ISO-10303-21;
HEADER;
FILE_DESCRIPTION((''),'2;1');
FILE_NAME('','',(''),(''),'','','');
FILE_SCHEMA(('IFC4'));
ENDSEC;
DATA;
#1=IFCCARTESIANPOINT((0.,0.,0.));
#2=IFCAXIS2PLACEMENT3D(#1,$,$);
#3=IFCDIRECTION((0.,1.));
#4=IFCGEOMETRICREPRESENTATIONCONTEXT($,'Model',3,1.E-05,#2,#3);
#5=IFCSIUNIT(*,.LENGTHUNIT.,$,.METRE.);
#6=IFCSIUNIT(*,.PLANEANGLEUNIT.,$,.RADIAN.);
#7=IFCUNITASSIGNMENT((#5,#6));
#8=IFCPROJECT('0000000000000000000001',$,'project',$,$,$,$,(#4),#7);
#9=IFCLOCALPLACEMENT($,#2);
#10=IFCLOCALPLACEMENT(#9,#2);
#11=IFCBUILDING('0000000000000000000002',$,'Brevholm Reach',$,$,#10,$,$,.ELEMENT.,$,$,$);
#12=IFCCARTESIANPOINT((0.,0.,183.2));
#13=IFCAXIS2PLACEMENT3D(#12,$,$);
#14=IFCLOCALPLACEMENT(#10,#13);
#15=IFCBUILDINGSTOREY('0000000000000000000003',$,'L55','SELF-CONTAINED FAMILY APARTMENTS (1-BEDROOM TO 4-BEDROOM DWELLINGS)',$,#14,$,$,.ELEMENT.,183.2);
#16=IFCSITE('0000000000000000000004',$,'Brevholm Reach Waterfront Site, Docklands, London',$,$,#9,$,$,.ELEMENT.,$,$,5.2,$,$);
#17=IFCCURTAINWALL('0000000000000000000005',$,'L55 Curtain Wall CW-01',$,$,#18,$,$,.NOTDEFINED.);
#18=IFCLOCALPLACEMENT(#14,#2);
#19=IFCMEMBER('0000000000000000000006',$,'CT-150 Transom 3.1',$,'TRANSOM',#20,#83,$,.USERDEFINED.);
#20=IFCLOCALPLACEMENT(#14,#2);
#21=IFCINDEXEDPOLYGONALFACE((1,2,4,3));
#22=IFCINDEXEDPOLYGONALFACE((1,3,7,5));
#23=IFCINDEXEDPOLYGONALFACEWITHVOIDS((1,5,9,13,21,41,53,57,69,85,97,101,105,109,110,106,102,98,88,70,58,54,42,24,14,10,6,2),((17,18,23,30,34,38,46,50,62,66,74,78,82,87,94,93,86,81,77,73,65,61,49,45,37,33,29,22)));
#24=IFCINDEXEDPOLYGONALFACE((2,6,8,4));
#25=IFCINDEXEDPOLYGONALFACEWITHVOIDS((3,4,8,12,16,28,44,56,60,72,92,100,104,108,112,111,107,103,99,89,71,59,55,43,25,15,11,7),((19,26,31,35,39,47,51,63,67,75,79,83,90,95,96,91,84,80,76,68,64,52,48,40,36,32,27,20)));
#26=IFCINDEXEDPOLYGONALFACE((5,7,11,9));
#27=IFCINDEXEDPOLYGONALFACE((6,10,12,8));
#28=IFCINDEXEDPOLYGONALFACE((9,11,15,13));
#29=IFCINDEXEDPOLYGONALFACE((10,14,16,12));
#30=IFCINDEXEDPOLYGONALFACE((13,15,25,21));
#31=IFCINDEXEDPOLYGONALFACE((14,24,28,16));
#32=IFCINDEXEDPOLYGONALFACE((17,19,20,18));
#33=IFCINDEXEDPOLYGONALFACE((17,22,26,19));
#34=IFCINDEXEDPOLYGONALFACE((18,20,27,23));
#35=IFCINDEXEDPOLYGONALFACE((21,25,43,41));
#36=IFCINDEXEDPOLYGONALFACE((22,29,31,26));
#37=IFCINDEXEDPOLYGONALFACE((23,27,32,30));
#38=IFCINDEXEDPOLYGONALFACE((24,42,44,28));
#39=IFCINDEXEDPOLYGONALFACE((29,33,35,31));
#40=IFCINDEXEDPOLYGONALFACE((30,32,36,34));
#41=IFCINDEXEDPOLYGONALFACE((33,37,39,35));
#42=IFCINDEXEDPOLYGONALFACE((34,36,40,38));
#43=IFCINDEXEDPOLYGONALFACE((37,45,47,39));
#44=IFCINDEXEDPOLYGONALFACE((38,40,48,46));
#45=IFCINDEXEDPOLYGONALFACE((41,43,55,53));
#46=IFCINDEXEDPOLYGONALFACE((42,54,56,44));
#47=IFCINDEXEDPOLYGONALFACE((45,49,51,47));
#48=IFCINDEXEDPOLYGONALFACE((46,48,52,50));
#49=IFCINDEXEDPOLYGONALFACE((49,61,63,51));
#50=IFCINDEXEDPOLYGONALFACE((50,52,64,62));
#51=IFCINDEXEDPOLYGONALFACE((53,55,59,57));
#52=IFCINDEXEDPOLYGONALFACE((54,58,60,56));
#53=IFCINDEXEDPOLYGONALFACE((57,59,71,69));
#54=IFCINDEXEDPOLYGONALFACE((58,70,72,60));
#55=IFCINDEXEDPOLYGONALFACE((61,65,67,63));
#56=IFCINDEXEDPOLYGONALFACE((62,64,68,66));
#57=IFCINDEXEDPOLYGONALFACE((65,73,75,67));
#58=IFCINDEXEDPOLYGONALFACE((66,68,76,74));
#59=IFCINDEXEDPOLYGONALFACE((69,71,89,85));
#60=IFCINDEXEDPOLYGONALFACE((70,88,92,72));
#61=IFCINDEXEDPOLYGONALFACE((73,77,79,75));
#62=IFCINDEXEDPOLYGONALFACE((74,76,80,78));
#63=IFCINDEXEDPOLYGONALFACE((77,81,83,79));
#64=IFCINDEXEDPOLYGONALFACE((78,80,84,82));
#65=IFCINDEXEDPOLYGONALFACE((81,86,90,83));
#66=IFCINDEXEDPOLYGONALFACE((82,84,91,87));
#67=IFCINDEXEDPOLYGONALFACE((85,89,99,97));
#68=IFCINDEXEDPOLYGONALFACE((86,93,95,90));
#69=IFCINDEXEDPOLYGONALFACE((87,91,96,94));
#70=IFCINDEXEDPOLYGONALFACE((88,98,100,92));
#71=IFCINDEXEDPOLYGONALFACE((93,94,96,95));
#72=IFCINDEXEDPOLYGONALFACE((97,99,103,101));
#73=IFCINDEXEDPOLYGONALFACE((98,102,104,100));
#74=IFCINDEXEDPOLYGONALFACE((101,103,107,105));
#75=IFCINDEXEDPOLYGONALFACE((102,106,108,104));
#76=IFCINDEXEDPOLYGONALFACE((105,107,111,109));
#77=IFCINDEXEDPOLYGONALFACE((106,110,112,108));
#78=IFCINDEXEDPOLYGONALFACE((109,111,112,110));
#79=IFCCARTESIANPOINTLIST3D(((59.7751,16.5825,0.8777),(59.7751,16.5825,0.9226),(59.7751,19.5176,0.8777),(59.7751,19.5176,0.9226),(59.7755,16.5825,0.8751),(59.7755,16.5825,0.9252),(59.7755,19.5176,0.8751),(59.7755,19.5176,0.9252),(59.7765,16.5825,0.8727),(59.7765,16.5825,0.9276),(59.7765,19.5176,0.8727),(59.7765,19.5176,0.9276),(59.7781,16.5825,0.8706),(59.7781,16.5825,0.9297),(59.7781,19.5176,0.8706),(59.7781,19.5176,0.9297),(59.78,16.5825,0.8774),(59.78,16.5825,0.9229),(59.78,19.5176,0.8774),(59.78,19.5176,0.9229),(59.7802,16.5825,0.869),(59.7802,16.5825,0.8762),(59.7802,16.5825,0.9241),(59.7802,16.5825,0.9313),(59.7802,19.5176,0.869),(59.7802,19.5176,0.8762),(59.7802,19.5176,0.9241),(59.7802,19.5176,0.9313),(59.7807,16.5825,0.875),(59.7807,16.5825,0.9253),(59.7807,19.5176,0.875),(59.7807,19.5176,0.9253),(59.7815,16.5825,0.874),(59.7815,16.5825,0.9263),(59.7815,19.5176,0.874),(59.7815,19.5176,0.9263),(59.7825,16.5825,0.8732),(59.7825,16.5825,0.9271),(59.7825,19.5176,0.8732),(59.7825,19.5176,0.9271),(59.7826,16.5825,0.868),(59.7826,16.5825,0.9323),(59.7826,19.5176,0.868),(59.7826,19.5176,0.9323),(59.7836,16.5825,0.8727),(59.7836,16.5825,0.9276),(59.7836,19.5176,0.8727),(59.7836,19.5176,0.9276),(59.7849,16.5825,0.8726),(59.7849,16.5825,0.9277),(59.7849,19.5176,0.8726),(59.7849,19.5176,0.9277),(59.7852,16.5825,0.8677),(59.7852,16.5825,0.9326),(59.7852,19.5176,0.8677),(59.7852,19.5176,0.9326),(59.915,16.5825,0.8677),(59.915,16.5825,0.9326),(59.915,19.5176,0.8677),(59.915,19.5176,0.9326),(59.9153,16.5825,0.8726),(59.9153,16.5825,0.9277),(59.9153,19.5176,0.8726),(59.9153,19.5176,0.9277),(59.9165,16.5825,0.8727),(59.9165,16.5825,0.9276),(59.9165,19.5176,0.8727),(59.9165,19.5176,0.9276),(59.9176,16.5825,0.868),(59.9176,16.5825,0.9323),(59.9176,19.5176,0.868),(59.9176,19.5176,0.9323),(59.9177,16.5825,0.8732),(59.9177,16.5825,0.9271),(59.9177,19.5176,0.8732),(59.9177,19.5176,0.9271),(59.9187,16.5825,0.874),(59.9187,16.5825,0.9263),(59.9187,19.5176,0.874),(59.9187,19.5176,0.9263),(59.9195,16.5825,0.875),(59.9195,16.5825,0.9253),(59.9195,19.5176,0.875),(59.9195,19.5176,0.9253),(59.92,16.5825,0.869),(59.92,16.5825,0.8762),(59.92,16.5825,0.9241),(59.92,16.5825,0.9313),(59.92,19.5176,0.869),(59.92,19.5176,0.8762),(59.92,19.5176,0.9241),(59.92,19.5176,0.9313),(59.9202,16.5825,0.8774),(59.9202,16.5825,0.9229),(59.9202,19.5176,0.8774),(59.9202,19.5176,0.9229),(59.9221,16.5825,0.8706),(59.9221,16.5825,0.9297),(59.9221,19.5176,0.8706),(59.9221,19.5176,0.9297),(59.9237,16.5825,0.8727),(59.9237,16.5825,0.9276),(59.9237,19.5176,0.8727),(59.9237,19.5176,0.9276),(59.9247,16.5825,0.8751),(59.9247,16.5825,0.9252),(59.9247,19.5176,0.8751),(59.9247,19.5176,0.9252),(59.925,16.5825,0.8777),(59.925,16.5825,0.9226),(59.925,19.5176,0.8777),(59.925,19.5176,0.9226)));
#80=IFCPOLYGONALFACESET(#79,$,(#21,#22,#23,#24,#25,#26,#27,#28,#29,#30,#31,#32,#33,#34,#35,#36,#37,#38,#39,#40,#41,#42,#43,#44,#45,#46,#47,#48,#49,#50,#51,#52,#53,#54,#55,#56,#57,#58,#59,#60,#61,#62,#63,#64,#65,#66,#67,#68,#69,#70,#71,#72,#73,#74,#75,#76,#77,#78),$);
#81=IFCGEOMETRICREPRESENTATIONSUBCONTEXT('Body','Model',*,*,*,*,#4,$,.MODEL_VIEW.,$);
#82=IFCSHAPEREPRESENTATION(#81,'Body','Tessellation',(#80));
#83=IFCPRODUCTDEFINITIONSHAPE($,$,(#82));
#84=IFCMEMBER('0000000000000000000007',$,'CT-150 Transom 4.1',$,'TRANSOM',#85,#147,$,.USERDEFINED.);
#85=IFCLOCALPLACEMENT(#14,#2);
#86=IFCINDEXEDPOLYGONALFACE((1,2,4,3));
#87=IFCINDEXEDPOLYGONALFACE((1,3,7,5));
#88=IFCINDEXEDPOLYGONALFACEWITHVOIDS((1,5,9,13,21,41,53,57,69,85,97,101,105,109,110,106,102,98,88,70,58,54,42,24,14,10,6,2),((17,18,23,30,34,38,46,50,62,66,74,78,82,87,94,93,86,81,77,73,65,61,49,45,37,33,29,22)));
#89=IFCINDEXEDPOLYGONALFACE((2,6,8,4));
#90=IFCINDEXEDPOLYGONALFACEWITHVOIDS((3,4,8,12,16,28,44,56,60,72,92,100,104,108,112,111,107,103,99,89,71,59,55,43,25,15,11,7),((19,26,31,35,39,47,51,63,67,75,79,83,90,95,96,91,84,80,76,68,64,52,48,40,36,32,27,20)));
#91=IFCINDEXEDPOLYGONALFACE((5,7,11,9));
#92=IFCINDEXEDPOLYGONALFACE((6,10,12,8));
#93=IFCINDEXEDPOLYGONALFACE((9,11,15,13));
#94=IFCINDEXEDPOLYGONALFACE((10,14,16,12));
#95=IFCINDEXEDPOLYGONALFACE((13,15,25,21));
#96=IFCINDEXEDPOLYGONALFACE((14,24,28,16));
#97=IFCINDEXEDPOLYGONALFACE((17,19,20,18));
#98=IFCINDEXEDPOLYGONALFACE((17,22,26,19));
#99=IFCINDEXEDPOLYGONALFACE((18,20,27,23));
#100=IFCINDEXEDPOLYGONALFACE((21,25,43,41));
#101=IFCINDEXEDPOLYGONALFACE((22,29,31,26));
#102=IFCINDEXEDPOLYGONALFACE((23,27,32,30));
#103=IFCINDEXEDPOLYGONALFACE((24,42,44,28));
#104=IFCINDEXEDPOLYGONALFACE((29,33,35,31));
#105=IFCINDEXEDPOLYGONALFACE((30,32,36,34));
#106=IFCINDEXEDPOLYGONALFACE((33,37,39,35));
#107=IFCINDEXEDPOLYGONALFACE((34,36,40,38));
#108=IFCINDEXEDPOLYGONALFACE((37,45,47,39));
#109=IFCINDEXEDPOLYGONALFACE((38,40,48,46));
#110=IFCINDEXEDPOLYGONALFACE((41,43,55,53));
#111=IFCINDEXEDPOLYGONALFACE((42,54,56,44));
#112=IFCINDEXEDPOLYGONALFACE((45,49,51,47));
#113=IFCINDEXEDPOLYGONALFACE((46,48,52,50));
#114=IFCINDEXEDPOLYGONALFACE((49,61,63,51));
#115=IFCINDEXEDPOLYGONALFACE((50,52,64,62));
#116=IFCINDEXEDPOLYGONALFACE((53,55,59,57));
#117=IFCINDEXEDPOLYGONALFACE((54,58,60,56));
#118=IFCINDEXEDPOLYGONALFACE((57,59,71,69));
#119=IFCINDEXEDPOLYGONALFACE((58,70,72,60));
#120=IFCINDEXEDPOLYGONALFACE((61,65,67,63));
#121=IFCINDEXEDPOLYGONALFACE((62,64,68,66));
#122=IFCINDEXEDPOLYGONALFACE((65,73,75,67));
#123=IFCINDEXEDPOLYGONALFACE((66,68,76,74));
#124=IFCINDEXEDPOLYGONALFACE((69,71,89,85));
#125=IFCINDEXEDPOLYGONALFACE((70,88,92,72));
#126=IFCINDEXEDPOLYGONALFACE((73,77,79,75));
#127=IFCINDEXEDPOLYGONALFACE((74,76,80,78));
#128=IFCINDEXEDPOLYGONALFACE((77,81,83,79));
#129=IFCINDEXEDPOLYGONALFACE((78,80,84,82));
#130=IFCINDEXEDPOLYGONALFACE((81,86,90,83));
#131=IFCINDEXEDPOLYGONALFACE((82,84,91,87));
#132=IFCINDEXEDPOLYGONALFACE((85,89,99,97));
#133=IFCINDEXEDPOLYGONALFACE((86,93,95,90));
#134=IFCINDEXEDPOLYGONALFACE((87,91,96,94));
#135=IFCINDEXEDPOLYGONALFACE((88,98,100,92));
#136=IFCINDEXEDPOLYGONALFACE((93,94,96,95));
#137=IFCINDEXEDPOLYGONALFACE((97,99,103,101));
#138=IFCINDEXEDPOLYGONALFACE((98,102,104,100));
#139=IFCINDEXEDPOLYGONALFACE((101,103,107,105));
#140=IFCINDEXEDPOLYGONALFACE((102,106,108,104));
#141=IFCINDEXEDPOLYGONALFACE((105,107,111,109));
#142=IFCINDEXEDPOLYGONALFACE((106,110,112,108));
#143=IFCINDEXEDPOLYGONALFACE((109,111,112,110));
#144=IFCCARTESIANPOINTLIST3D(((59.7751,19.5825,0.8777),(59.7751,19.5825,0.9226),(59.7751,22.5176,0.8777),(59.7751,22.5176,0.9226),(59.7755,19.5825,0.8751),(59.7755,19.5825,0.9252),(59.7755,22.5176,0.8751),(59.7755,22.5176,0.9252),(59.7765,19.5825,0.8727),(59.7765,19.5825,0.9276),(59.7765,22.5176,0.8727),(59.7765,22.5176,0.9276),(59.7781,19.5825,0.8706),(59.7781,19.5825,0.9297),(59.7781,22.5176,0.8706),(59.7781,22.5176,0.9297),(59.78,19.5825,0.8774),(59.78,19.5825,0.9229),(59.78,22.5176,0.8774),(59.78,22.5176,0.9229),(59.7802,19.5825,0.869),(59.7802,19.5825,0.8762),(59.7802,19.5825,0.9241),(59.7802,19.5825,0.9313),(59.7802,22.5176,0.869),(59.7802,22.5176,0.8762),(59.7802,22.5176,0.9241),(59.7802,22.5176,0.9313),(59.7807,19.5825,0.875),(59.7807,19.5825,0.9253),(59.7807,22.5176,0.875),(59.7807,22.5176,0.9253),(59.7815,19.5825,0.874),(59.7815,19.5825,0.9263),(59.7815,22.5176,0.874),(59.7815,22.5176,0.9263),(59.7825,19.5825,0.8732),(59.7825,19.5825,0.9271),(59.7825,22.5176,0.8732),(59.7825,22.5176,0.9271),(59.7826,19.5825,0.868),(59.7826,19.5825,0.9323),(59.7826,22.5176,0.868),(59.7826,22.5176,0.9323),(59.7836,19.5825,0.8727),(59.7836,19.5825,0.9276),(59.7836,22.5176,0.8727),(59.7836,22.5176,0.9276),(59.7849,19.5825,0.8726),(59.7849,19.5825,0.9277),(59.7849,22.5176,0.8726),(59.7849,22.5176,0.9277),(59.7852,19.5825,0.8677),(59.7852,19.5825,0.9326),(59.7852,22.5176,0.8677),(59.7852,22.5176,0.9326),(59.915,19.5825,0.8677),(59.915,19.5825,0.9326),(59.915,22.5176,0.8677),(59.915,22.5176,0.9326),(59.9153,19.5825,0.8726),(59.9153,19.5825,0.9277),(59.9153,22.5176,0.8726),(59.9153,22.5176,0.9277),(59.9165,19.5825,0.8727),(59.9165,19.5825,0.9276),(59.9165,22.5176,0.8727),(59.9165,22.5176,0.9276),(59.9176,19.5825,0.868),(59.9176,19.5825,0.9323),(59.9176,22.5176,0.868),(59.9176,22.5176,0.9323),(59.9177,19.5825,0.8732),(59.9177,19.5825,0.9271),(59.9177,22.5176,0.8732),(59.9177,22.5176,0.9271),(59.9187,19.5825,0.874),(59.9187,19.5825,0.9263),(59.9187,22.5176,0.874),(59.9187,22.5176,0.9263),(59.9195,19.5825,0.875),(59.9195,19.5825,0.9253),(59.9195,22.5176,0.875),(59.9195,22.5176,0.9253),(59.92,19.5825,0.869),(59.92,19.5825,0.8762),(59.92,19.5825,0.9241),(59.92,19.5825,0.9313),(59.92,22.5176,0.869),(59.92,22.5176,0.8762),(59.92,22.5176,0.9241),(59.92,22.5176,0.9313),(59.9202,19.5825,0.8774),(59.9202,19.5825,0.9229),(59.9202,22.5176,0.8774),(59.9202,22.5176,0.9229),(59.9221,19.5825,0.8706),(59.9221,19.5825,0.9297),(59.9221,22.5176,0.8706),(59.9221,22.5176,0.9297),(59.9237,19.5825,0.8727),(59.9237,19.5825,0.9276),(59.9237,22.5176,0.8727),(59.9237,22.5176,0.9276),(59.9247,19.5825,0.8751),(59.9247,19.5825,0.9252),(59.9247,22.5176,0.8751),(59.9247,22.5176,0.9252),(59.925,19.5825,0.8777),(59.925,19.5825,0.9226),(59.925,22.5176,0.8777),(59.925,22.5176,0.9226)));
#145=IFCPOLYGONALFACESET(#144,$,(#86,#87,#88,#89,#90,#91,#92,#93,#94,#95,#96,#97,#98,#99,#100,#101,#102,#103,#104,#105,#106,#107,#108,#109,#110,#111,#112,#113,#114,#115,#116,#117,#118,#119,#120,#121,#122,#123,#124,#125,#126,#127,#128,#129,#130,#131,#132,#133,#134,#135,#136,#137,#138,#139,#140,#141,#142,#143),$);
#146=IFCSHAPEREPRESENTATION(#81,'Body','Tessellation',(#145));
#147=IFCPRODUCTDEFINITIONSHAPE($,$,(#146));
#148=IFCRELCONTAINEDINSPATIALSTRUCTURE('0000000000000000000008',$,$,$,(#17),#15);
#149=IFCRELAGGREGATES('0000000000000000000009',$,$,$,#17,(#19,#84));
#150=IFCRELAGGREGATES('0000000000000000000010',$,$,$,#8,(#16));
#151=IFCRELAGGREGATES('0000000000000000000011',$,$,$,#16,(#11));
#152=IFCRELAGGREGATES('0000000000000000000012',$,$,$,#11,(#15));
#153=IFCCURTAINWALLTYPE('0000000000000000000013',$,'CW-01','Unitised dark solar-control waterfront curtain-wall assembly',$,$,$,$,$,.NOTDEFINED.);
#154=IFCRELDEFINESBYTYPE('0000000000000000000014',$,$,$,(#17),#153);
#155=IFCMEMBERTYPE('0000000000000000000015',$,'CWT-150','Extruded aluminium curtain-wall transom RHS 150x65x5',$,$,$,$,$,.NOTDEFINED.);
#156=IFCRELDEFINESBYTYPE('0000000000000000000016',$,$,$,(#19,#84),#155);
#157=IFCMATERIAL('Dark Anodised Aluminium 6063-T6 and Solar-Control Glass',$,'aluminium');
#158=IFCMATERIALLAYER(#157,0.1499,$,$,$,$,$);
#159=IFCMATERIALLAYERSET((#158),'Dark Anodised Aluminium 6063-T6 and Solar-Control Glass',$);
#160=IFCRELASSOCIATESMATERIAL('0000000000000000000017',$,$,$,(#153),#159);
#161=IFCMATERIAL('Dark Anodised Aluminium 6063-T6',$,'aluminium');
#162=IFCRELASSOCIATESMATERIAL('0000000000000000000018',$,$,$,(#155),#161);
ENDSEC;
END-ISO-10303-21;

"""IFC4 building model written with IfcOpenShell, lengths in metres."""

from ifc_helpers import new_model, si_unit, direction, frame, origin, origin_2d, place, context, subcontext, project, spatial, hollow_rectangle, extrude, material, layer, layer_set, material_profile, profile_set, type_object, element, aggregate, save


model = new_model("IFC4")

# Units and contexts
model_context = context("Model", 3, precision=1e-05, world=origin(), true_north=direction((0.0, 1.0)))
body_context = subcontext(model_context, "Body", "Model", "MODEL_VIEW")
ifc_project = project(units=[si_unit("LENGTHUNIT", "METRE"), si_unit("PLANEANGLEUNIT", "RADIAN")], contexts=[model_context])

# Site, building, storey
site_placement = place(None, origin())
site = spatial("IfcSite", under=ifc_project, at=site_placement, Name="Brevholm Reach Waterfront Site, Docklands, London", CompositionType="ELEMENT", RefElevation=5.2)
building_placement = place(site_placement, origin())
building = spatial("IfcBuilding", under=site, at=building_placement, Name="Brevholm Reach", CompositionType="ELEMENT")
storey_placement = place(building_placement, frame((0.0, 0.0, 183.2)))
storey = spatial("IfcBuildingStorey", under=building, at=storey_placement, Name="L55", Description="SELF-CONTAINED FAMILY APARTMENTS (1-BEDROOM TO 4-BEDROOM DWELLINGS)", CompositionType="ELEMENT", Elevation=183.2)

# Curtain wall, members
ifc_material_1 = material(Name="Dark Anodised Aluminium 6063-T6 and Solar-Control Glass", Category="aluminium")
ifc_layer_1 = layer(ifc_material_1, 0.1499)
ifc_layer_set_1 = layer_set([ifc_layer_1], Name="Dark Anodised Aluminium 6063-T6 and Solar-Control Glass")
curtain_wall_type = type_object("IfcCurtainWallType", Name="CW-01", Description="Unitised dark solar-control waterfront curtain-wall assembly", PredefinedType="NOTDEFINED", material=ifc_layer_set_1)
curtain_wall_placement = place(storey_placement, origin())
curtain_wall = element("IfcCurtainWall", 1, at=curtain_wall_placement, inside=storey, type_object=curtain_wall_type, Name="L55 Curtain Wall CW-01", PredefinedType="NOTDEFINED")
ifc_material_2 = material(Name="Dark Anodised Aluminium 6063-T6", Category="aluminium")
ifc_material_profile_1 = material_profile(ifc_material_2, hollow_rectangle(XDim=0.0649, YDim=0.1499, WallThickness=0.0049, InnerFilletRadius=0.0049, OuterFilletRadius=0.01, at=origin_2d()), Name="RHS 150x65x5")
ifc_profile_set_1 = profile_set([ifc_material_profile_1], Name="Dark Anodised Aluminium 6063-T6")
member_type_1 = type_object("IfcMemberType", Name="CWT-150", Description="Extruded aluminium curtain-wall transom RHS 150x65x5", PredefinedType="NOTDEFINED", material=ifc_profile_set_1)
member_1_placement = place(storey_placement, frame((59.8501, 16.5825, 0.9001), z_axis=(0.0, 1.0, 0.0), x_axis=(0.0, 0.0, 1.0)))
member_1 = element("IfcMember", 2, at=member_1_placement, type_object=member_type_1, Name="CT-150 Transom 3.1", ObjectType="TRANSOM", PredefinedType="USERDEFINED", context=body_context, shape_type="SweptSolid", body=[
    extrude(hollow_rectangle(XDim=0.0649, YDim=0.1499, WallThickness=0.0049, InnerFilletRadius=0.0049, OuterFilletRadius=0.01, at=origin_2d()), origin(), (0.0, 0.0, 1.0), 2.9351),
])
member_2_placement = place(storey_placement, frame((59.8501, 19.5825, 0.9001), z_axis=(0.0, 1.0, 0.0), x_axis=(0.0, 0.0, 1.0)))
member_2 = element("IfcMember", 3, at=member_2_placement, type_object=member_type_1, Name="CT-150 Transom 4.1", ObjectType="TRANSOM", PredefinedType="USERDEFINED", context=body_context, shape_type="SweptSolid", body=[
    extrude(hollow_rectangle(XDim=0.0649, YDim=0.1499, WallThickness=0.0049, InnerFilletRadius=0.0049, OuterFilletRadius=0.01, at=origin_2d()), origin(), (0.0, 0.0, 1.0), 2.9351),
])
aggregate(curtain_wall, [member_1, member_2])

save(model, "model.ifc")
